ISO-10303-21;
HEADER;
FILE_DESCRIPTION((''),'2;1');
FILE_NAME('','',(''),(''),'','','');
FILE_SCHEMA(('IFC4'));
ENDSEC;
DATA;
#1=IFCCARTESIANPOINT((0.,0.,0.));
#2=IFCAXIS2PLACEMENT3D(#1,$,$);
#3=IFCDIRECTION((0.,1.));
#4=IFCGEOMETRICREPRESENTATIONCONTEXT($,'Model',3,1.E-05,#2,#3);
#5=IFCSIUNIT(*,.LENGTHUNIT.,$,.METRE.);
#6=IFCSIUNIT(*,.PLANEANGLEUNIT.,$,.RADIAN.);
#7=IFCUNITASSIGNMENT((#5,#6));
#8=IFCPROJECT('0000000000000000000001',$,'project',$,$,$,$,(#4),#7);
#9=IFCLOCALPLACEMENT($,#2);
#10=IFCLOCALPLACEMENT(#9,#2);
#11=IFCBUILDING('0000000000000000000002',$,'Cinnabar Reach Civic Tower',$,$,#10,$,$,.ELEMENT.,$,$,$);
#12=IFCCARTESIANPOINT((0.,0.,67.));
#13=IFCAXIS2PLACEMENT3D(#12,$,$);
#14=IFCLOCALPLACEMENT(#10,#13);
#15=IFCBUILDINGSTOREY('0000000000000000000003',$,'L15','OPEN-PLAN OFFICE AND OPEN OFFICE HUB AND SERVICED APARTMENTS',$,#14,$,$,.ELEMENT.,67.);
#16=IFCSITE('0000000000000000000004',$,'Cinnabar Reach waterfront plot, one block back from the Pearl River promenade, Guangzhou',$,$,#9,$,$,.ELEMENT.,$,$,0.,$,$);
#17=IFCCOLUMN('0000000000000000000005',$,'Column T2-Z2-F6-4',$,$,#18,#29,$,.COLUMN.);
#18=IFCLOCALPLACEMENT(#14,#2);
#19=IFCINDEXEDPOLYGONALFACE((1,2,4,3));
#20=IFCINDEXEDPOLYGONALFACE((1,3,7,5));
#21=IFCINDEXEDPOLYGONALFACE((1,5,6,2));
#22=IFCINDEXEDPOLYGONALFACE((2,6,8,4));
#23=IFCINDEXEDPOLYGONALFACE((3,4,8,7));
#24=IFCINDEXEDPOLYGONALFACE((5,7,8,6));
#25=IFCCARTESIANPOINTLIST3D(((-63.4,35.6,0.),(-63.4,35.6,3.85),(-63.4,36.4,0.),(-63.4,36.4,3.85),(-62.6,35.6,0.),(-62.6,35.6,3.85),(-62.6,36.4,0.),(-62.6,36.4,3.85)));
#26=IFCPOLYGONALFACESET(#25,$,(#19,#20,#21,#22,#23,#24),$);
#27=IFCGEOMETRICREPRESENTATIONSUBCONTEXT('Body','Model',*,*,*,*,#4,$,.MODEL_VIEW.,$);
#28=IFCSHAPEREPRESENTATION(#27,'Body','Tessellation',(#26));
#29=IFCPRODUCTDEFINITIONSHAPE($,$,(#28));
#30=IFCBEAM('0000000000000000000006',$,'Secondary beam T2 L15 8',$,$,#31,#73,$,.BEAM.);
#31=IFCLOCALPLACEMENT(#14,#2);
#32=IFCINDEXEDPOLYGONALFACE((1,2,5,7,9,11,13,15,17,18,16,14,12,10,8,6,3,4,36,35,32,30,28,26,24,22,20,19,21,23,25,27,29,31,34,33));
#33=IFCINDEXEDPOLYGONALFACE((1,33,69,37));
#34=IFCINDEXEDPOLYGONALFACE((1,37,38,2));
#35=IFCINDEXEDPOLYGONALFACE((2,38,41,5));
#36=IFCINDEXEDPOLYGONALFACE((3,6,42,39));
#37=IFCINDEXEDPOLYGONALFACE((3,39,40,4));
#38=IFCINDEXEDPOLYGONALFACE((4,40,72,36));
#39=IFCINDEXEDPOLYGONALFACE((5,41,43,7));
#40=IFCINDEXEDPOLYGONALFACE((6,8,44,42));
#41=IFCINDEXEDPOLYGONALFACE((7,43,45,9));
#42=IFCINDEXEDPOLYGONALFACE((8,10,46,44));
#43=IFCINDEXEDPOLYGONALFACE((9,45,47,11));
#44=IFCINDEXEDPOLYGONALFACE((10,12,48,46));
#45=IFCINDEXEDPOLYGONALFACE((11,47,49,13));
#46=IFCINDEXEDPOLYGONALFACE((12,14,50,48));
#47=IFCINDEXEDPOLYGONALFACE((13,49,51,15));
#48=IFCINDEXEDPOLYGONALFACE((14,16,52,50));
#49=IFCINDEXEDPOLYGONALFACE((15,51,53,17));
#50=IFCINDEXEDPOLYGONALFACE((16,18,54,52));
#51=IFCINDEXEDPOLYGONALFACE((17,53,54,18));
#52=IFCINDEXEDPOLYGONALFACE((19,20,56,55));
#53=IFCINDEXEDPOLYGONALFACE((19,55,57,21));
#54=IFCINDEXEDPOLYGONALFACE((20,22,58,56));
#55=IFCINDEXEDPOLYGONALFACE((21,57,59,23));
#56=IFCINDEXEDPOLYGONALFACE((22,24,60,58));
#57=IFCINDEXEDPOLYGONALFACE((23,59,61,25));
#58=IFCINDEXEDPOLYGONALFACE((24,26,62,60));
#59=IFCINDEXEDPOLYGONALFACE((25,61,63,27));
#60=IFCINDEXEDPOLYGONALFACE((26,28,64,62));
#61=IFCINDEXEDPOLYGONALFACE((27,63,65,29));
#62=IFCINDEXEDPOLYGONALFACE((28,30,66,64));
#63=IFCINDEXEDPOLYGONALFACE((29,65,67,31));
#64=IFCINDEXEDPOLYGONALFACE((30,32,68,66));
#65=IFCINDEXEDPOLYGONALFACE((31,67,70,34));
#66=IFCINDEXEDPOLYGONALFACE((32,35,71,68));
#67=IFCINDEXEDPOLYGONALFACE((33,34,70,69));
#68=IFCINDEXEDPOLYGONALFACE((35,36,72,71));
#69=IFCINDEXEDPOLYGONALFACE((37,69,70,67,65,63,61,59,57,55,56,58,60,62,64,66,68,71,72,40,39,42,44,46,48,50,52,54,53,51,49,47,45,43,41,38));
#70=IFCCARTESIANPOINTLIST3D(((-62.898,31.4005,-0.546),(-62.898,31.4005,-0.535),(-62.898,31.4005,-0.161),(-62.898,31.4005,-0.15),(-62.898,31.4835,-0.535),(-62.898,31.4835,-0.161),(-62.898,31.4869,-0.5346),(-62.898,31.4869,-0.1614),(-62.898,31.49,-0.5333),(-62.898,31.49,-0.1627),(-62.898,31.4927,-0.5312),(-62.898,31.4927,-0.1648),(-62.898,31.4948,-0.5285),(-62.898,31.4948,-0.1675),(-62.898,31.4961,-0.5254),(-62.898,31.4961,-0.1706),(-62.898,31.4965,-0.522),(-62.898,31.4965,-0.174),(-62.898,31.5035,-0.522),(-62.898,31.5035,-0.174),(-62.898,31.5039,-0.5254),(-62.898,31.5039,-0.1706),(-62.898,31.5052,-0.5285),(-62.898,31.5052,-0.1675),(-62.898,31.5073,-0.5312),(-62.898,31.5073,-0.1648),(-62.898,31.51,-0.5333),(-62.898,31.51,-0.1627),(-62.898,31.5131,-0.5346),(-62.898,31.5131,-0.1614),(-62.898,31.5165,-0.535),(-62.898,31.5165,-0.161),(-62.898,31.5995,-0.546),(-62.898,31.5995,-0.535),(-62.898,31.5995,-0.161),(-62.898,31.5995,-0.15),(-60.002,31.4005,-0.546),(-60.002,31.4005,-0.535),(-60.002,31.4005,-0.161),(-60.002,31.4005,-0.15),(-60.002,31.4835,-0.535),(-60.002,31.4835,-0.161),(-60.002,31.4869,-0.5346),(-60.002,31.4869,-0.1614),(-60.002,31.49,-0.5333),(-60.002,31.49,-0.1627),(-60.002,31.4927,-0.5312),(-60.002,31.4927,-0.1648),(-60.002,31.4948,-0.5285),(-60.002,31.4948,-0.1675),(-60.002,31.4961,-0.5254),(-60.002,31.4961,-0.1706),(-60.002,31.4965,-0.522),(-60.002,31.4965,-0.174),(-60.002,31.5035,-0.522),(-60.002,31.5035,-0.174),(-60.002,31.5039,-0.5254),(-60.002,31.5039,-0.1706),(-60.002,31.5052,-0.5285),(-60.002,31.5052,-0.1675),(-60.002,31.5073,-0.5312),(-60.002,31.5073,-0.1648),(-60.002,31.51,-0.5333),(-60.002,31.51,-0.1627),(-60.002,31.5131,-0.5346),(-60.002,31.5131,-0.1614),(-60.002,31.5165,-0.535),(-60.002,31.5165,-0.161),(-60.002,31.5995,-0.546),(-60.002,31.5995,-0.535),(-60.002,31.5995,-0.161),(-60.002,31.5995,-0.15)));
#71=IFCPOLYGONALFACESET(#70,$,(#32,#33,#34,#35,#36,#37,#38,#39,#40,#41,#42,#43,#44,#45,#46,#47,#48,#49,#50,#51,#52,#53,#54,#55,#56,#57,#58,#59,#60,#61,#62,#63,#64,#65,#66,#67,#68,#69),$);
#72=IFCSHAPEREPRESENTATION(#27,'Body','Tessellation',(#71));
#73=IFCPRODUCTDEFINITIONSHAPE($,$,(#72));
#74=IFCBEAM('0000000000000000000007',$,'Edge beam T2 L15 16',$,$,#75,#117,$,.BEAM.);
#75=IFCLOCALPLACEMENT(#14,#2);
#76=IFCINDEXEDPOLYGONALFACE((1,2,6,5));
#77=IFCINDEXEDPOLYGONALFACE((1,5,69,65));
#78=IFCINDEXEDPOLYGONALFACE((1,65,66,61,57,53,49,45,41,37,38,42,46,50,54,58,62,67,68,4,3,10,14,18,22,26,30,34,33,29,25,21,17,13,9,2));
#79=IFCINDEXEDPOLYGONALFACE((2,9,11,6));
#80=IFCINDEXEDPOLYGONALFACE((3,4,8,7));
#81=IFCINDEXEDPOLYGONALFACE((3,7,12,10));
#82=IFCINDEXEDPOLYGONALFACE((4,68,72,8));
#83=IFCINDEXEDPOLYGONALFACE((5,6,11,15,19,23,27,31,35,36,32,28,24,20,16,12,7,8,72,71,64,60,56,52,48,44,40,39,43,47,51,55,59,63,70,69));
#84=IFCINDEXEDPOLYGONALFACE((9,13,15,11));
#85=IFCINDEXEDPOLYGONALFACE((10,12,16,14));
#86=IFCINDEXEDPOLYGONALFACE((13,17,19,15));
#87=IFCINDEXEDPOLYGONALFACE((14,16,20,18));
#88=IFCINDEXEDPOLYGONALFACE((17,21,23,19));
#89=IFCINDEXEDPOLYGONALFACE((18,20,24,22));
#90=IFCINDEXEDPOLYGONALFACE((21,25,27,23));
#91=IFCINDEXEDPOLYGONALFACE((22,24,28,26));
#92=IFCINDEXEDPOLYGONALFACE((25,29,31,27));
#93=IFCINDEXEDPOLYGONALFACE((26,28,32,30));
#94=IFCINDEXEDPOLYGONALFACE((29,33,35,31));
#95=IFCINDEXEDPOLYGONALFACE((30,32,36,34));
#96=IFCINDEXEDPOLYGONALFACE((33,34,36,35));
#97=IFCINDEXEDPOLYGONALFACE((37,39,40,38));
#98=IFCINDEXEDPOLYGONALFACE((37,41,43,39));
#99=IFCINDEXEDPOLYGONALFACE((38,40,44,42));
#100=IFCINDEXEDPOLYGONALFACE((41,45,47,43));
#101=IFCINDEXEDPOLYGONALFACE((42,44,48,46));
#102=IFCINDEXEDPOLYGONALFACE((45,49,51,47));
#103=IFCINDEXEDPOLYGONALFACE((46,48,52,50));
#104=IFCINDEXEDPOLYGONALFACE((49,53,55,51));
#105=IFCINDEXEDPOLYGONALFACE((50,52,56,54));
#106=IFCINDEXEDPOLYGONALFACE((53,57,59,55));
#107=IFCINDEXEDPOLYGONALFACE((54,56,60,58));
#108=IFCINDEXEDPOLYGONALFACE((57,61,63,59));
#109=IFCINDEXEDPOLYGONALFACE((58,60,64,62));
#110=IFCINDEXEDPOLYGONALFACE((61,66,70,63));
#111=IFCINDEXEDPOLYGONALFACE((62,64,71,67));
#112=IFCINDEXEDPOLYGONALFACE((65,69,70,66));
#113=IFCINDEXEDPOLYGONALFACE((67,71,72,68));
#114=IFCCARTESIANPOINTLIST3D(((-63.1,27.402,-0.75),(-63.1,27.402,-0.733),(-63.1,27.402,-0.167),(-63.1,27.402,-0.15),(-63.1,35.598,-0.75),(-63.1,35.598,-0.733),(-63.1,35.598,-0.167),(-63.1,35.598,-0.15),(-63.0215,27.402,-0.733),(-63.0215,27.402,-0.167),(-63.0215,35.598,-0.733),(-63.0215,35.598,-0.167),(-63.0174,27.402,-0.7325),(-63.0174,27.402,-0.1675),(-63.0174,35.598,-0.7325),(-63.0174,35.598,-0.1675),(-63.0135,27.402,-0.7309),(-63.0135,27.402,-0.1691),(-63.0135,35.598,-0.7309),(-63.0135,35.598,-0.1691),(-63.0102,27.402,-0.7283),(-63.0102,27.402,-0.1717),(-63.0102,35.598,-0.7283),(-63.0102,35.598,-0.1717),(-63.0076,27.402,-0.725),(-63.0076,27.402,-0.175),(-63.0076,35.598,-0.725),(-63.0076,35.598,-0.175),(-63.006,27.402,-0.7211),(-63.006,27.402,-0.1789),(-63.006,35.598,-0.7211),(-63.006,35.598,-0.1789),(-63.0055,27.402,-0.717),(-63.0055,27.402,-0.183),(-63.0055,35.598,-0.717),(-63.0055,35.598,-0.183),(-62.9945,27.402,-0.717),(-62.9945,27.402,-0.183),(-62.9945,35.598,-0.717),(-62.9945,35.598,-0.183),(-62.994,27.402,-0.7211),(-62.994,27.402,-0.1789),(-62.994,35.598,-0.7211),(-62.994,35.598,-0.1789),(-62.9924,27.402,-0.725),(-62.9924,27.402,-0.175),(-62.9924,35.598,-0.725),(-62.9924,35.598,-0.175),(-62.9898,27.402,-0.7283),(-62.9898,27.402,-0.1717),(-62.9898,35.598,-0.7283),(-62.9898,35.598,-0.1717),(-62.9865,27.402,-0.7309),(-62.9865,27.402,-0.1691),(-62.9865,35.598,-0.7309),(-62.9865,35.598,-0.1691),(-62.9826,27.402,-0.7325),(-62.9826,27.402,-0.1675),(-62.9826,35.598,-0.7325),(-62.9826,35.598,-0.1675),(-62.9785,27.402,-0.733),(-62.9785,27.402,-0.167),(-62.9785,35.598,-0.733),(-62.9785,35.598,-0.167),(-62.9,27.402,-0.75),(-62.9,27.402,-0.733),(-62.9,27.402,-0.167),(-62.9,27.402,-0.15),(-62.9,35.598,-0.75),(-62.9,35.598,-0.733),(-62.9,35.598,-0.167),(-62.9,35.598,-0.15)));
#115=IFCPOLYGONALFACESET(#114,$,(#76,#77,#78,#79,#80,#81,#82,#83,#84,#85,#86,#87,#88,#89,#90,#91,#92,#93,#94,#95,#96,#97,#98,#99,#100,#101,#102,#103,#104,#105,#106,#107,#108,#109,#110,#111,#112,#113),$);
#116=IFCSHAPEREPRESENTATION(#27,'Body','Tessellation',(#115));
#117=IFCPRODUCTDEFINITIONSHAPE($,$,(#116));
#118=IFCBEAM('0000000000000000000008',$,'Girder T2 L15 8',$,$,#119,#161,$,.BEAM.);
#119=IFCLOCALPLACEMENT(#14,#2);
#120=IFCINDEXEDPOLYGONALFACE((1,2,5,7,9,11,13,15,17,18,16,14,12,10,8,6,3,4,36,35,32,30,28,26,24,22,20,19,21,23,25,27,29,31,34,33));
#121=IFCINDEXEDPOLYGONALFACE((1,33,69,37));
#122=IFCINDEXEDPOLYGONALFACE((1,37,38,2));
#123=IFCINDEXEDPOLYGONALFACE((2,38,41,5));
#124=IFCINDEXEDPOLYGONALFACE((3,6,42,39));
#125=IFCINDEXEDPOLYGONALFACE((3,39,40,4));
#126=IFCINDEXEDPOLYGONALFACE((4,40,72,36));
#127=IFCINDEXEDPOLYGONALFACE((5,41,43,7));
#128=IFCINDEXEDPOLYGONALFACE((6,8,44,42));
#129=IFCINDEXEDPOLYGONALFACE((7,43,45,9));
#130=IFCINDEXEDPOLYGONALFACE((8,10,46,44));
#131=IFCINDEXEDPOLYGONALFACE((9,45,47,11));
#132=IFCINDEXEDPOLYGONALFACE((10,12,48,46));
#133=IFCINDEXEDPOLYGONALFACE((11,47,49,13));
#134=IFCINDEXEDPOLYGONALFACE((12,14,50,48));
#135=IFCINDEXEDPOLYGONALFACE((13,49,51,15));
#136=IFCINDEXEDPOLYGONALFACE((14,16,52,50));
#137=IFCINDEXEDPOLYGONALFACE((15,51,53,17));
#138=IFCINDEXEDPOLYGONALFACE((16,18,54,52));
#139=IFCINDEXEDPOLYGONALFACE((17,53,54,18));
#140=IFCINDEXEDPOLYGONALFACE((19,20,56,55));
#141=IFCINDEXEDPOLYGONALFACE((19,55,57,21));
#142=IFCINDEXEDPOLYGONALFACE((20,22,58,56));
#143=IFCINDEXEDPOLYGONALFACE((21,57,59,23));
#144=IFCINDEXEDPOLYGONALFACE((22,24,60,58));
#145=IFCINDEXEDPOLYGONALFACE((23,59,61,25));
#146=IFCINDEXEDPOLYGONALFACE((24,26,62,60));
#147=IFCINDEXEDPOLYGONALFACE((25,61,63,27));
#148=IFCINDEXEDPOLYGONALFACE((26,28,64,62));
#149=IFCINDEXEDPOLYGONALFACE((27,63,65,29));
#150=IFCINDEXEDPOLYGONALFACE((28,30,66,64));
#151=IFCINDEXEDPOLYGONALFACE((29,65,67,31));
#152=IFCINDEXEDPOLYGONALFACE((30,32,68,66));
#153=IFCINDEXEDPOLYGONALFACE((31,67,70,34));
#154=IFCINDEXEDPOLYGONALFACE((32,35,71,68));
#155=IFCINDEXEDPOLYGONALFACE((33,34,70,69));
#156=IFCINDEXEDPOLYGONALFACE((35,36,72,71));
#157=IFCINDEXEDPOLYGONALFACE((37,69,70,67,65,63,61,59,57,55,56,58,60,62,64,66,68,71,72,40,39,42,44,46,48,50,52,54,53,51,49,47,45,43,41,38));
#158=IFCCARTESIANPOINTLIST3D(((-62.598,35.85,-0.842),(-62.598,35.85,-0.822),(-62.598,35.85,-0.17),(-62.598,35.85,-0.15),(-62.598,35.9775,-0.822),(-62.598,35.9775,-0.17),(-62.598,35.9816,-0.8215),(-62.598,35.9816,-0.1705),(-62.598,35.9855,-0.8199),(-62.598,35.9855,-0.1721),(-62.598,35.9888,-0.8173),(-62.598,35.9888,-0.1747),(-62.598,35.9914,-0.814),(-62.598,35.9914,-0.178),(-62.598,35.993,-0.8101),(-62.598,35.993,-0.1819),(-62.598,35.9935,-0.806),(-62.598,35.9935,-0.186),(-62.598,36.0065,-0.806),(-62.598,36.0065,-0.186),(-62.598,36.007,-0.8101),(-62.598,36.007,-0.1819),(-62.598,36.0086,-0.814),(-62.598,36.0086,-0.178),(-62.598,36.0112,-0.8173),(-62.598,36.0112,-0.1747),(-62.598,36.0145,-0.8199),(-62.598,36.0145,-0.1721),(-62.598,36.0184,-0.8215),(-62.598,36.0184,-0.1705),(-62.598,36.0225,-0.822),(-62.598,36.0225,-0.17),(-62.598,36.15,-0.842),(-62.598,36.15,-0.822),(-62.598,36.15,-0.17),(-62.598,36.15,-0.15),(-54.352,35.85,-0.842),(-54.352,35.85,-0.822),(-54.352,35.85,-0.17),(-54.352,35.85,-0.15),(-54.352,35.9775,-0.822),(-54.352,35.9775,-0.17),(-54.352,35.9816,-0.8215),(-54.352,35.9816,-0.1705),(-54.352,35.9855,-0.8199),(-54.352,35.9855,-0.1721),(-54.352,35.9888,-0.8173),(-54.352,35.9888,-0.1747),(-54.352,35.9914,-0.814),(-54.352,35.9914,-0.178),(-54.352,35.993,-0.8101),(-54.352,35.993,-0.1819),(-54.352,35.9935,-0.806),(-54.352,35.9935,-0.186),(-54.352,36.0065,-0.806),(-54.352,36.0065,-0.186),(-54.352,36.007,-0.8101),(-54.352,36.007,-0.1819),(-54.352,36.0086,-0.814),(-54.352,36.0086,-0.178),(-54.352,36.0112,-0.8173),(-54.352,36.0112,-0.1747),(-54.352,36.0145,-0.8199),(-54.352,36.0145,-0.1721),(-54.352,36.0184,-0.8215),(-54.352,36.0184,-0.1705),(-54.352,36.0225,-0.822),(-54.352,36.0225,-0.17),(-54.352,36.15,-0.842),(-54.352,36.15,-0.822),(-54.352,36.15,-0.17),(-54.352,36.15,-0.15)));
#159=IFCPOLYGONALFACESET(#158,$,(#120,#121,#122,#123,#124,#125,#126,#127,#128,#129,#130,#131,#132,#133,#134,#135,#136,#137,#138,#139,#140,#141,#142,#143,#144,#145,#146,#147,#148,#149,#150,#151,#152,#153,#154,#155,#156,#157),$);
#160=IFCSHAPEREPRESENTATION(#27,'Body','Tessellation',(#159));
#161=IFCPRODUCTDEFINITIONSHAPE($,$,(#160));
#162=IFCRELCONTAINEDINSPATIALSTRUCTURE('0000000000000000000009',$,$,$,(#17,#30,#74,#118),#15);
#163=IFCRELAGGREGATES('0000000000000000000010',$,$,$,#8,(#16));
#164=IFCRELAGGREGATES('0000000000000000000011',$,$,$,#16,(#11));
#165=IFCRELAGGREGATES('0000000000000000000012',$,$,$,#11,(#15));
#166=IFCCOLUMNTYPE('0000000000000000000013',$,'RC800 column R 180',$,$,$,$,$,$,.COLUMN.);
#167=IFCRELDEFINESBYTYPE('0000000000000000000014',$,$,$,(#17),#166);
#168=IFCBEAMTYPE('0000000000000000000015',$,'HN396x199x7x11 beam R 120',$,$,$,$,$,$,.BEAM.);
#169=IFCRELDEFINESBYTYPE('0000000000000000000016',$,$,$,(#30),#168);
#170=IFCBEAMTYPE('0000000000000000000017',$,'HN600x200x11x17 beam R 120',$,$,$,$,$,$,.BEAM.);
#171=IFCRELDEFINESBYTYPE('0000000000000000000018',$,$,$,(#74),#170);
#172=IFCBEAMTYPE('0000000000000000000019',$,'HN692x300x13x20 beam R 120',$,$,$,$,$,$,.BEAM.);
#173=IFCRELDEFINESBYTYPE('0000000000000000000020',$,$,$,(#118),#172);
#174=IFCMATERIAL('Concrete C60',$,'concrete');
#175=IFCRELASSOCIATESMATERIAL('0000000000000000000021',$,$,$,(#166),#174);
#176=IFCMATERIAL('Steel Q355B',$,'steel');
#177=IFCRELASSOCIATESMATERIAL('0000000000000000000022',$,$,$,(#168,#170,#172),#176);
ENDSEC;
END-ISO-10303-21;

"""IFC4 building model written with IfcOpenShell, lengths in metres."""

from ifc_helpers import new_model, si_unit, direction, frame, origin, origin_2d, place, context, subcontext, project, spatial, rectangle, i_section, extrude, material, material_profile, profile_set, type_object, element, save


model = new_model("IFC4")

# Units and contexts
model_context = context("Model", 3, precision=1e-05, world=origin(), true_north=direction((0.0, 1.0)))
body_context = subcontext(model_context, "Body", "Model", "MODEL_VIEW")
ifc_project = project(units=[si_unit("LENGTHUNIT", "METRE"), si_unit("PLANEANGLEUNIT", "RADIAN")], contexts=[model_context])

# Site, building, storey
site_placement = place(None, origin())
site = spatial("IfcSite", under=ifc_project, at=site_placement, Name="Cinnabar Reach waterfront plot, one block back from the Pearl River promenade, Guangzhou", CompositionType="ELEMENT", RefElevation=0.0)
building_placement = place(site_placement, origin())
building = spatial("IfcBuilding", under=site, at=building_placement, Name="Cinnabar Reach Civic Tower", CompositionType="ELEMENT")
storey_placement = place(building_placement, frame((0.0, 0.0, 67.0)))
storey = spatial("IfcBuildingStorey", under=building, at=storey_placement, Name="L15", Description="OPEN-PLAN OFFICE AND OPEN OFFICE HUB AND SERVICED APARTMENTS", CompositionType="ELEMENT", Elevation=67.0)

# Column
ifc_material_1 = material(Name="Concrete C60", Category="concrete")
ifc_material_profile_1 = material_profile(ifc_material_1, rectangle(XDim=0.8, YDim=0.8, at=origin_2d()), Name="RC800")
ifc_profile_set_1 = profile_set([ifc_material_profile_1], Name="Concrete C60")
column_type = type_object("IfcColumnType", Name="RC800 column R 180", PredefinedType="COLUMN", material=ifc_profile_set_1)
column_placement = place(storey_placement, frame((-63.0, 36.0, 0.0), z_axis=(0.0, 0.0, 1.0), x_axis=(1.0, 0.0, 0.0)))
element("IfcColumn", 1, at=column_placement, inside=storey, type_object=column_type, Name="Column T2-Z2-F6-4", PredefinedType="COLUMN", context=body_context, shape_type="SweptSolid", body=[
    extrude(rectangle(XDim=0.8, YDim=0.8, at=origin_2d()), origin(), (0.0, 0.0, 1.0), 3.85),
])

# Beams
ifc_material_2 = material(Name="Steel Q355B", Category="steel")
ifc_material_profile_2 = material_profile(ifc_material_2, i_section(OverallWidth=0.199, OverallDepth=0.396, WebThickness=0.007, FlangeThickness=0.011, FilletRadius=0.013, at=origin_2d()), Name="HN396x199x7x11")
ifc_profile_set_2 = profile_set([ifc_material_profile_2], Name="Steel Q355B")
beam_type_1 = type_object("IfcBeamType", Name="HN396x199x7x11 beam R 120", PredefinedType="BEAM", material=ifc_profile_set_2)
beam_1_placement = place(storey_placement, frame((-62.898, 31.5, -0.348), z_axis=(1.0, 0.0, 0.0), x_axis=(0.0, 1.0, 0.0)))
element("IfcBeam", 2, at=beam_1_placement, inside=storey, type_object=beam_type_1, Name="Secondary beam T2 L15 8", PredefinedType="BEAM", context=body_context, shape_type="SweptSolid", body=[
    extrude(i_section(OverallWidth=0.199, OverallDepth=0.396, WebThickness=0.007, FlangeThickness=0.011, FilletRadius=0.013, at=origin_2d()), origin(), (0.0, 0.0, 1.0), 2.896),
])
ifc_material_profile_3 = material_profile(ifc_material_2, i_section(OverallWidth=0.2, OverallDepth=0.6, WebThickness=0.011, FlangeThickness=0.017, FilletRadius=0.016, at=origin_2d()), Name="HN600x200x11x17")
ifc_profile_set_3 = profile_set([ifc_material_profile_3], Name="Steel Q355B")
beam_type_2 = type_object("IfcBeamType", Name="HN600x200x11x17 beam R 120", PredefinedType="BEAM", material=ifc_profile_set_3)
beam_2_placement = place(storey_placement, frame((-63.0, 35.598, -0.45), z_axis=(0.0, -1.0, 0.0), x_axis=(1.0, 0.0, 0.0)))
element("IfcBeam", 3, at=beam_2_placement, inside=storey, type_object=beam_type_2, Name="Edge beam T2 L15 16", PredefinedType="BEAM", context=body_context, shape_type="SweptSolid", body=[
    extrude(i_section(OverallWidth=0.2, OverallDepth=0.6, WebThickness=0.011, FlangeThickness=0.017, FilletRadius=0.016, at=origin_2d()), origin(), (0.0, 0.0, 1.0), 8.196),
])
ifc_material_profile_4 = material_profile(ifc_material_2, i_section(OverallWidth=0.3, OverallDepth=0.692, WebThickness=0.013, FlangeThickness=0.02, FilletRadius=0.016, at=origin_2d()), Name="HN692x300x13x20")
ifc_profile_set_4 = profile_set([ifc_material_profile_4], Name="Steel Q355B")
beam_type_3 = type_object("IfcBeamType", Name="HN692x300x13x20 beam R 120", PredefinedType="BEAM", material=ifc_profile_set_4)
beam_3_placement = place(storey_placement, frame((-62.598, 36.0, -0.496), z_axis=(1.0, 0.0, 0.0), x_axis=(0.0, 1.0, 0.0)))
element("IfcBeam", 4, at=beam_3_placement, inside=storey, type_object=beam_type_3, Name="Girder T2 L15 8", PredefinedType="BEAM", context=body_context, shape_type="SweptSolid", body=[
    extrude(i_section(OverallWidth=0.3, OverallDepth=0.692, WebThickness=0.013, FlangeThickness=0.02, FilletRadius=0.016, at=origin_2d()), origin(), (0.0, 0.0, 1.0), 8.246),
])

save(model, "model.ifc")
